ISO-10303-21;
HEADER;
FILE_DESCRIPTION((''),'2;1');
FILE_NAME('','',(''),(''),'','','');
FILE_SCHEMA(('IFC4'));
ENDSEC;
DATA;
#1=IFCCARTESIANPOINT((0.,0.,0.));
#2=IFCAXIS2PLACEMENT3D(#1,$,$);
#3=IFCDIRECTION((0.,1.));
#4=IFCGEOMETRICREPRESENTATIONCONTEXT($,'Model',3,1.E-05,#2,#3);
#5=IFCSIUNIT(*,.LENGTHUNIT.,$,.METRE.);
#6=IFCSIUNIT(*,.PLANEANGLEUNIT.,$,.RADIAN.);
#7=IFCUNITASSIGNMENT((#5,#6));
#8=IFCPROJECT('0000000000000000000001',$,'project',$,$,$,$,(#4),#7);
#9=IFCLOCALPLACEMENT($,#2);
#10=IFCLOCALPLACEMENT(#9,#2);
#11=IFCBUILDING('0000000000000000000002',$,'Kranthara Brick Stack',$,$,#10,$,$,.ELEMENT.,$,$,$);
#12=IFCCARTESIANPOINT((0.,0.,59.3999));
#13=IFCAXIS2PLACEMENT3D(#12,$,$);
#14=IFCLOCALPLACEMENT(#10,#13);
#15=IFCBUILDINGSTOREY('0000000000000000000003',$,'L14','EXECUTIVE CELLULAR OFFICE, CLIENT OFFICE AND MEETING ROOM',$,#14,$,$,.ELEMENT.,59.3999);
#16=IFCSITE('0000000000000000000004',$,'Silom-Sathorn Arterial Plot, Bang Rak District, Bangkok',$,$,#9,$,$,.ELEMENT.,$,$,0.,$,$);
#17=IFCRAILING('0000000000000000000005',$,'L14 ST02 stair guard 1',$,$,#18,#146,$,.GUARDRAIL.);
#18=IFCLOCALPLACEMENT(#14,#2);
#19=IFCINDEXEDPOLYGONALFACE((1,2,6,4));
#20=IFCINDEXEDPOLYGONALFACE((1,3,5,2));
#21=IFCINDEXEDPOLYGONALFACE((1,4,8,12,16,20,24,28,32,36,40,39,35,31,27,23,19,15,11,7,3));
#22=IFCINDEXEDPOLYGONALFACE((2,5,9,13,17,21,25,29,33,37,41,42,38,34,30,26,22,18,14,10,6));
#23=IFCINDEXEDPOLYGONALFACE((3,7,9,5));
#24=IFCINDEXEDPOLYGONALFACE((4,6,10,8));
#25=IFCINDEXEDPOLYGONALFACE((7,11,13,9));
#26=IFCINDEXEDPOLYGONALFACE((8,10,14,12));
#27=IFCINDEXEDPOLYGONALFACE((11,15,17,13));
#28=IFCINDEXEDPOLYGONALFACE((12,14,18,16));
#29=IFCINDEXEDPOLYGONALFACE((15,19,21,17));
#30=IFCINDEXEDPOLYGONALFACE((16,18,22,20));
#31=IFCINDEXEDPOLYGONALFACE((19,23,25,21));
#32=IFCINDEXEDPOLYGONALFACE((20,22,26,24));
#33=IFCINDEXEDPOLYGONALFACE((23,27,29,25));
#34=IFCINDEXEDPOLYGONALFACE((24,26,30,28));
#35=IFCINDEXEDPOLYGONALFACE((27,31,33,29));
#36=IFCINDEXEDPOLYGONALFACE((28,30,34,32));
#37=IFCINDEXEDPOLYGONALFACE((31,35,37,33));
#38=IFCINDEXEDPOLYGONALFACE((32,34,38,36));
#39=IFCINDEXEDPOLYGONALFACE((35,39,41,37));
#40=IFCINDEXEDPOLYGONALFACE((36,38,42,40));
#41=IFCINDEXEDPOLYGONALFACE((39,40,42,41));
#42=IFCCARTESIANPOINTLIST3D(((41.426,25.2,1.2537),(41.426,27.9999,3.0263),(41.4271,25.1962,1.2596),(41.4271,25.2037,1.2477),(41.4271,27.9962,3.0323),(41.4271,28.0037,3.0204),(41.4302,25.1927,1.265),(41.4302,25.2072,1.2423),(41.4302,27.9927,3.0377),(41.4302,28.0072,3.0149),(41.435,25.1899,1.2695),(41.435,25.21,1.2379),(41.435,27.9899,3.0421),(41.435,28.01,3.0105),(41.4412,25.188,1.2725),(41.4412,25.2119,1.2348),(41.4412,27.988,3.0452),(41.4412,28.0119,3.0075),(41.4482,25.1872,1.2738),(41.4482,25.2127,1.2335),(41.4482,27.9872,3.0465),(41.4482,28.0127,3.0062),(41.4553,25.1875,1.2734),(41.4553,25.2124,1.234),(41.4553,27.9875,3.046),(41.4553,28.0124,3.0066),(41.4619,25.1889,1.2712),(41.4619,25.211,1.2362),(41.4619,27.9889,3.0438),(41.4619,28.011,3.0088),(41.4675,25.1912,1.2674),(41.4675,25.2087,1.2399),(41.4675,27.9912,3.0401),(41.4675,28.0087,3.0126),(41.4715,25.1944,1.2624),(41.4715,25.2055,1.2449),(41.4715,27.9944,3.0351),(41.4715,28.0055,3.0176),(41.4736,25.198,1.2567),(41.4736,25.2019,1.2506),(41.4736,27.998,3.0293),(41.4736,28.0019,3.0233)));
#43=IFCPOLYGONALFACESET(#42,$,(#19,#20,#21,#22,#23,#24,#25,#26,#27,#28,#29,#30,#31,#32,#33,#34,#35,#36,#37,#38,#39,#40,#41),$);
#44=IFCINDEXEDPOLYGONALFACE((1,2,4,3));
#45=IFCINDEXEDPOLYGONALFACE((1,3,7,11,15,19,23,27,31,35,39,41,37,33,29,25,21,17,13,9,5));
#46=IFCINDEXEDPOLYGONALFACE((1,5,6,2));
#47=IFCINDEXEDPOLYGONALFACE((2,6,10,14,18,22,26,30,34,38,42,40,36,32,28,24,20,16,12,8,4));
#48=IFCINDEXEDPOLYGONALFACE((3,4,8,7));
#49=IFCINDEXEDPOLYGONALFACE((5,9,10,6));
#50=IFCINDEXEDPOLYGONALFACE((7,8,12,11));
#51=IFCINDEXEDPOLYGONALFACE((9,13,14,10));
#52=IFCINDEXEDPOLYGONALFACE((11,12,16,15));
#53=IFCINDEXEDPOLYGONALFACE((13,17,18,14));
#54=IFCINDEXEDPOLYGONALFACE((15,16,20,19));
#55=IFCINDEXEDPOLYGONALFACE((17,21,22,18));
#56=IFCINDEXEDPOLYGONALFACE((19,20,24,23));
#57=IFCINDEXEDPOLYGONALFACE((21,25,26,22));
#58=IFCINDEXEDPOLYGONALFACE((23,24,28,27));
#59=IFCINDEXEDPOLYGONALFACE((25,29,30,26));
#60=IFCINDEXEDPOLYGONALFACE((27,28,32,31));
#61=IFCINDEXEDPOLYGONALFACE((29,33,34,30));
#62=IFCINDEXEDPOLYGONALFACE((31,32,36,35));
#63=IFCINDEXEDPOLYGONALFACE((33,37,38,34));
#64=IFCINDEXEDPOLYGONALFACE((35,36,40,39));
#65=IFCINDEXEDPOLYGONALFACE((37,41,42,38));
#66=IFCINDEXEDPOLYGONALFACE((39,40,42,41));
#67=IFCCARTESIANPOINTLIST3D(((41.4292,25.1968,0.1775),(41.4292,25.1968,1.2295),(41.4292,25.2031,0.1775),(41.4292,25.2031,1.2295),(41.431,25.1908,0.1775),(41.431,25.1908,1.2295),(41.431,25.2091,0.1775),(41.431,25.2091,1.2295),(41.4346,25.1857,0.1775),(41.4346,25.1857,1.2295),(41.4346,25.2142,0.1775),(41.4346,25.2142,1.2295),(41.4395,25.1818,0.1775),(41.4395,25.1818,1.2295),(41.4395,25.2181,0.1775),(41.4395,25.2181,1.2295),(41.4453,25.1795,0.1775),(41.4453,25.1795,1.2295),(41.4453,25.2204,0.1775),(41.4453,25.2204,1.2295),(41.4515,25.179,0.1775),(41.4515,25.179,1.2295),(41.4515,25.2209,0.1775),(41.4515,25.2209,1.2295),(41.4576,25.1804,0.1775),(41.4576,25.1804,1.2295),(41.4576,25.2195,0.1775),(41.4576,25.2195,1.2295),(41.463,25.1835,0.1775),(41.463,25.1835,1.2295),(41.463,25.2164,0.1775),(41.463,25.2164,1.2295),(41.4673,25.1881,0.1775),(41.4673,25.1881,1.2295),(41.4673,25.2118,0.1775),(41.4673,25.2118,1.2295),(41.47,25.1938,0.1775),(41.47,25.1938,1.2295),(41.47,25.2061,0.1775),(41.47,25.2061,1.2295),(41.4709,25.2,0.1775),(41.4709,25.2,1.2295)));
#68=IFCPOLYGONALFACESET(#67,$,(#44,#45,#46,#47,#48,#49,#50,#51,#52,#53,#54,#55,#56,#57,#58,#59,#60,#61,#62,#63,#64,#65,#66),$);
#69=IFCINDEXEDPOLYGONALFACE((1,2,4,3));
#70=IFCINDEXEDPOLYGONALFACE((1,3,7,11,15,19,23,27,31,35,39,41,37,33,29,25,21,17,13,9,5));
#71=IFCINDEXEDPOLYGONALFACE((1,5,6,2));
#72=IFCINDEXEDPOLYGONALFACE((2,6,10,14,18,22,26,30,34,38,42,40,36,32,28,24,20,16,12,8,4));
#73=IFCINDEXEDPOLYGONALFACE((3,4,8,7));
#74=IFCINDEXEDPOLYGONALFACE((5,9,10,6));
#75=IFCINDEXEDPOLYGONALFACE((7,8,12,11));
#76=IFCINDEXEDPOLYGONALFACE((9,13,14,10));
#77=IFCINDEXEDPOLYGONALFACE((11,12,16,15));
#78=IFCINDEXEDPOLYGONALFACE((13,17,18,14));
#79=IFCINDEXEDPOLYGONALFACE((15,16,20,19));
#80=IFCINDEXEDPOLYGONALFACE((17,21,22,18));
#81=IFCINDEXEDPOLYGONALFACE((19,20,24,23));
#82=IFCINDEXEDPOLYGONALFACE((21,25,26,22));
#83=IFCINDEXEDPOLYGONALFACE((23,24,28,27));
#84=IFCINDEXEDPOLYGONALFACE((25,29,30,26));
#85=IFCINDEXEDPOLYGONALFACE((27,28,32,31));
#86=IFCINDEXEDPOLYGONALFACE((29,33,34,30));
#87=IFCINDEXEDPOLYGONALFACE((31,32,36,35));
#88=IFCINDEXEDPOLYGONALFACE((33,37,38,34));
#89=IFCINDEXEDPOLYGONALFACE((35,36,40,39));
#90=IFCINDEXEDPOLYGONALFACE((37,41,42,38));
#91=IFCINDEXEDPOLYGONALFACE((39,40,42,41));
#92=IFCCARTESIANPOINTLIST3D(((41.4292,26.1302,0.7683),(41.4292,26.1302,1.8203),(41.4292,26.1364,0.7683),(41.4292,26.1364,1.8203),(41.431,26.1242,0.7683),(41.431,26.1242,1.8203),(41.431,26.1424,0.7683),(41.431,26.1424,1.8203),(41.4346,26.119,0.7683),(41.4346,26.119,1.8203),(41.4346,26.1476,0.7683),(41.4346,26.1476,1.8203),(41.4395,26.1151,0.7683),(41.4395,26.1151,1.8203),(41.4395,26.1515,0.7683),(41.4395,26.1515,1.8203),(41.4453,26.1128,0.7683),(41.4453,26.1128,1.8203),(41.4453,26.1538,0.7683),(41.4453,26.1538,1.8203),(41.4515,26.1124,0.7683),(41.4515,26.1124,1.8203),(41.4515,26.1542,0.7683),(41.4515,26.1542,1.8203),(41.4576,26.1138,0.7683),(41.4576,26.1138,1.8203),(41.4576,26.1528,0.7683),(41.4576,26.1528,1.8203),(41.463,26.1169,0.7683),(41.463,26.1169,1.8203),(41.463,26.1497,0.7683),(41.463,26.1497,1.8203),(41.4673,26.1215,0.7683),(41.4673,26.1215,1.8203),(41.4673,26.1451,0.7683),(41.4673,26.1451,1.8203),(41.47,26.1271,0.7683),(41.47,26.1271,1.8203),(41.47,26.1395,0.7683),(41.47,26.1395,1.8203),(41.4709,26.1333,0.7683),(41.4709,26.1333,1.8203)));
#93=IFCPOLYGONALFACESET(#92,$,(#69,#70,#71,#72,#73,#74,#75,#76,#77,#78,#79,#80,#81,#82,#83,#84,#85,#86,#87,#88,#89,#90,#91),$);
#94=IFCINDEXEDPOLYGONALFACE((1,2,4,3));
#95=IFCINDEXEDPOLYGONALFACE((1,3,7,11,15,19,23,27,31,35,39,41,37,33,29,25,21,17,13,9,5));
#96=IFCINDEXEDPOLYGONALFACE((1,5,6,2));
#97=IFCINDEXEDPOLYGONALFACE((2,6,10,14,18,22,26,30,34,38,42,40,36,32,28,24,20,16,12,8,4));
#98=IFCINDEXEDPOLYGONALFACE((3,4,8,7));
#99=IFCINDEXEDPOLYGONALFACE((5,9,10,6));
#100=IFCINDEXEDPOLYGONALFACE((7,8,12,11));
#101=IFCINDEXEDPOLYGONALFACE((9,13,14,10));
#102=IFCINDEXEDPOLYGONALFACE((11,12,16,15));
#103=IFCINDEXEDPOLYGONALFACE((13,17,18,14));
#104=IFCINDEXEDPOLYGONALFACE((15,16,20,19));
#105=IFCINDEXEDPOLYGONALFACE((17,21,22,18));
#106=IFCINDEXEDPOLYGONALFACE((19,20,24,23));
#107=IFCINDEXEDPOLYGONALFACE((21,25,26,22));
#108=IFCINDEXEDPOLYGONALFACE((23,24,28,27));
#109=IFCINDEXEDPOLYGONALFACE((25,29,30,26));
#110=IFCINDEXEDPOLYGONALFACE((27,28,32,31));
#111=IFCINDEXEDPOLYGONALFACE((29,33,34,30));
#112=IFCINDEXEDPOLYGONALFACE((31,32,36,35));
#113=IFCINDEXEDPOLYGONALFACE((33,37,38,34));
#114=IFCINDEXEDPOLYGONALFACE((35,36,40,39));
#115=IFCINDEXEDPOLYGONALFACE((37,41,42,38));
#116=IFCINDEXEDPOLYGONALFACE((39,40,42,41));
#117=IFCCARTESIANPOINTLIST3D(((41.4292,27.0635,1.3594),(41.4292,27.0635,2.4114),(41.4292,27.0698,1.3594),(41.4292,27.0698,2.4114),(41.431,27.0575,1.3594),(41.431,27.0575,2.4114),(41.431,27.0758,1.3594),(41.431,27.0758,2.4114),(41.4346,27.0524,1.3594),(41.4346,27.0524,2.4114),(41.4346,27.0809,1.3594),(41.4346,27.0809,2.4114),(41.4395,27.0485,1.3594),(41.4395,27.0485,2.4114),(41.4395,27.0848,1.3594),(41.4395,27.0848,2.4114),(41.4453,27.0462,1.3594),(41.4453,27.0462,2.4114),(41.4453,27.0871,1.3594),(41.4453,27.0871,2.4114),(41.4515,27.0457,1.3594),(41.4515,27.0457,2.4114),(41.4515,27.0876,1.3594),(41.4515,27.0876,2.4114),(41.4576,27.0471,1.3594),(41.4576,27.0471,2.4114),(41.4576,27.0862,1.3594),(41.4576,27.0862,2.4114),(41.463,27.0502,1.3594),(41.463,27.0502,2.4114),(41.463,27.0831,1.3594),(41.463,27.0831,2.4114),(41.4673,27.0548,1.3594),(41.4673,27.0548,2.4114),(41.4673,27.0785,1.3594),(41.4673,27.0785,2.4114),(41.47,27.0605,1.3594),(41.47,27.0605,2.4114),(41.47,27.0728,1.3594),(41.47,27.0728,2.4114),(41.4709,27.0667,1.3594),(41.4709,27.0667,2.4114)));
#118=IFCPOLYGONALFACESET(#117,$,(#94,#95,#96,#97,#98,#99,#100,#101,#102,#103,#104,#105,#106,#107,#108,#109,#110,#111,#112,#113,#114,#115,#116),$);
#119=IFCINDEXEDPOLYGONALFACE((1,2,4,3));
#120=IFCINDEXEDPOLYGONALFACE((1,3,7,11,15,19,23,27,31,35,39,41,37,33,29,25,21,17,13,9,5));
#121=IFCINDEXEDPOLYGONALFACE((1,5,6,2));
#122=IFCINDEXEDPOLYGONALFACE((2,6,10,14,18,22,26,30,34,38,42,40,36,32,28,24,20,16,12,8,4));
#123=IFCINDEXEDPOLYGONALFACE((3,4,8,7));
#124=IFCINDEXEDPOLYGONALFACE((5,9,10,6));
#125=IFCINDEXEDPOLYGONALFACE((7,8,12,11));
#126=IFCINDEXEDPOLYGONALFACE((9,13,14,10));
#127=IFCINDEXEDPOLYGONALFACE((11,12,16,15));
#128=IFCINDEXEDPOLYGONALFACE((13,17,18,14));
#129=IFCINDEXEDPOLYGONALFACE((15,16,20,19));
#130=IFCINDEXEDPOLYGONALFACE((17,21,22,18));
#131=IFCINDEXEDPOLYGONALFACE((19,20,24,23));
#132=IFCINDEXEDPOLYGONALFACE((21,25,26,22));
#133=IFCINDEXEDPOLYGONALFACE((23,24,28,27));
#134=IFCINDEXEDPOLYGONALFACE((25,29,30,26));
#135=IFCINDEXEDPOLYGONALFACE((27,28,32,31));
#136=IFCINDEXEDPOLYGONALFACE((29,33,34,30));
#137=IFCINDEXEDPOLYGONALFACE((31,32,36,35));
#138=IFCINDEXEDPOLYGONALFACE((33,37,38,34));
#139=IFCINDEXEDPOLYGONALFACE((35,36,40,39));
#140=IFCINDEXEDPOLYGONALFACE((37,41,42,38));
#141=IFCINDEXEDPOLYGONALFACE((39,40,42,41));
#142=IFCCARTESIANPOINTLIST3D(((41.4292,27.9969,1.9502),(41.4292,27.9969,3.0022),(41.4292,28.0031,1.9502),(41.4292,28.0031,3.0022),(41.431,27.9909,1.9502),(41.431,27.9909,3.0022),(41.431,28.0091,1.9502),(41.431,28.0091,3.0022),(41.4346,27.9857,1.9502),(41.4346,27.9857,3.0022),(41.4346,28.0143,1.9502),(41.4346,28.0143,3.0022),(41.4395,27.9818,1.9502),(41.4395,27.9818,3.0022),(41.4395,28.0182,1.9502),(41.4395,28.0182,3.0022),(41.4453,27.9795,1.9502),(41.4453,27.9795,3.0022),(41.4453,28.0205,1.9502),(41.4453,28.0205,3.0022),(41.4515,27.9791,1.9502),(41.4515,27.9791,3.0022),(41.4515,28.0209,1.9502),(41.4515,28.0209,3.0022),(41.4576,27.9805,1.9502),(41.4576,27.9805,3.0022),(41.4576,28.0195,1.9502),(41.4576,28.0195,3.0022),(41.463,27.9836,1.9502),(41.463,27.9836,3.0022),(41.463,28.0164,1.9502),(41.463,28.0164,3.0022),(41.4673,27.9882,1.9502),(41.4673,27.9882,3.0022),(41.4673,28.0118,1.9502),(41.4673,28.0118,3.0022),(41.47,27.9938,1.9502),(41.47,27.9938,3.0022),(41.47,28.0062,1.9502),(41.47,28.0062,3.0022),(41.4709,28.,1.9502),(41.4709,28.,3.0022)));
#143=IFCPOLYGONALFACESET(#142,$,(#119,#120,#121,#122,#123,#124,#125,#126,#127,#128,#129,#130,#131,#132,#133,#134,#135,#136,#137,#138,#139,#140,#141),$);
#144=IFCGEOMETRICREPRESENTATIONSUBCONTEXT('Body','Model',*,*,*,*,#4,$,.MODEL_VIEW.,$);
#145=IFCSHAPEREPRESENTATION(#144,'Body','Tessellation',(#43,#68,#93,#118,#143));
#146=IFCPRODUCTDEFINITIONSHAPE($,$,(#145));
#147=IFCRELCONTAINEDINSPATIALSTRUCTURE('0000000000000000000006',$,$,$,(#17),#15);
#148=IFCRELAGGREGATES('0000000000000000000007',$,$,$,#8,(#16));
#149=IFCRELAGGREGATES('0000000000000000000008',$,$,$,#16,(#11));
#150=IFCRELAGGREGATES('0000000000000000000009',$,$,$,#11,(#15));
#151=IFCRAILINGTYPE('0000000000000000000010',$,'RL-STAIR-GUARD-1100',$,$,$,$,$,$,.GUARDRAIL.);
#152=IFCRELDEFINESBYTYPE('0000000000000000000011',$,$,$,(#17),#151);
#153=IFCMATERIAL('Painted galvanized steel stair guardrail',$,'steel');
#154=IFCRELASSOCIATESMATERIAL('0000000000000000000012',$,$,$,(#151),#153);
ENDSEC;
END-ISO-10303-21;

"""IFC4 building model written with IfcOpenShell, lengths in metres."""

from ifc_helpers import new_model, si_unit, direction, frame, origin, origin_2d, place, context, subcontext, project, spatial, circle, extrude, material, type_object, element, save


model = new_model("IFC4")

# Units and contexts
model_context = context("Model", 3, precision=1e-05, world=origin(), true_north=direction((0.0, 1.0)))
body_context = subcontext(model_context, "Body", "Model", "MODEL_VIEW")
ifc_project = project(units=[si_unit("LENGTHUNIT", "METRE"), si_unit("PLANEANGLEUNIT", "RADIAN")], contexts=[model_context])

# Site, building, storey
site_placement = place(None, origin())
site = spatial("IfcSite", under=ifc_project, at=site_placement, Name="Silom-Sathorn Arterial Plot, Bang Rak District, Bangkok", CompositionType="ELEMENT", RefElevation=0.0)
building_placement = place(site_placement, origin())
building = spatial("IfcBuilding", under=site, at=building_placement, Name="Kranthara Brick Stack", CompositionType="ELEMENT")
storey_placement = place(building_placement, frame((0.0, 0.0, 59.3999)))
storey = spatial("IfcBuildingStorey", under=building, at=storey_placement, Name="L14", Description="EXECUTIVE CELLULAR OFFICE, CLIENT OFFICE AND MEETING ROOM", CompositionType="ELEMENT", Elevation=59.3999)

# Railing
ifc_material_1 = material(Name="Painted galvanized steel stair guardrail", Category="steel")
railing_type_1 = type_object("IfcRailingType", Name="RL-STAIR-GUARD-1100", PredefinedType="GUARDRAIL", material=ifc_material_1)
railing_1_placement = place(storey_placement, frame((41.45, 25.2, 0.1775)))
element("IfcRailing", 1, at=railing_1_placement, inside=storey, type_object=railing_type_1, Name="L14 ST02 stair guard 1", PredefinedType="GUARDRAIL", context=body_context, shape_type="SweptSolid", body=[
    extrude(circle(Radius=0.0239, at=origin_2d()), frame((0.0, 0.0, 1.0762), z_axis=(0.0, 0.844909, 0.53491), x_axis=(-1.0, 0.0, 0.0)), (0.0, 0.0, 1.0), 3.314),
    extrude(circle(Radius=0.021, at=origin_2d()), origin(), (0.0, 0.0, 1.0), 1.052),
    extrude(circle(Radius=0.021, at=origin_2d()), frame((0.0, 0.9333, 0.5908)), (0.0, 0.0, 1.0), 1.052),
    extrude(circle(Radius=0.021, at=origin_2d()), frame((0.0, 1.8667, 1.1819)), (0.0, 0.0, 1.0), 1.052),
    extrude(circle(Radius=0.021, at=origin_2d()), frame((0.0, 2.8, 1.7727)), (0.0, 0.0, 1.0), 1.052),
])

save(model, "model.ifc")
